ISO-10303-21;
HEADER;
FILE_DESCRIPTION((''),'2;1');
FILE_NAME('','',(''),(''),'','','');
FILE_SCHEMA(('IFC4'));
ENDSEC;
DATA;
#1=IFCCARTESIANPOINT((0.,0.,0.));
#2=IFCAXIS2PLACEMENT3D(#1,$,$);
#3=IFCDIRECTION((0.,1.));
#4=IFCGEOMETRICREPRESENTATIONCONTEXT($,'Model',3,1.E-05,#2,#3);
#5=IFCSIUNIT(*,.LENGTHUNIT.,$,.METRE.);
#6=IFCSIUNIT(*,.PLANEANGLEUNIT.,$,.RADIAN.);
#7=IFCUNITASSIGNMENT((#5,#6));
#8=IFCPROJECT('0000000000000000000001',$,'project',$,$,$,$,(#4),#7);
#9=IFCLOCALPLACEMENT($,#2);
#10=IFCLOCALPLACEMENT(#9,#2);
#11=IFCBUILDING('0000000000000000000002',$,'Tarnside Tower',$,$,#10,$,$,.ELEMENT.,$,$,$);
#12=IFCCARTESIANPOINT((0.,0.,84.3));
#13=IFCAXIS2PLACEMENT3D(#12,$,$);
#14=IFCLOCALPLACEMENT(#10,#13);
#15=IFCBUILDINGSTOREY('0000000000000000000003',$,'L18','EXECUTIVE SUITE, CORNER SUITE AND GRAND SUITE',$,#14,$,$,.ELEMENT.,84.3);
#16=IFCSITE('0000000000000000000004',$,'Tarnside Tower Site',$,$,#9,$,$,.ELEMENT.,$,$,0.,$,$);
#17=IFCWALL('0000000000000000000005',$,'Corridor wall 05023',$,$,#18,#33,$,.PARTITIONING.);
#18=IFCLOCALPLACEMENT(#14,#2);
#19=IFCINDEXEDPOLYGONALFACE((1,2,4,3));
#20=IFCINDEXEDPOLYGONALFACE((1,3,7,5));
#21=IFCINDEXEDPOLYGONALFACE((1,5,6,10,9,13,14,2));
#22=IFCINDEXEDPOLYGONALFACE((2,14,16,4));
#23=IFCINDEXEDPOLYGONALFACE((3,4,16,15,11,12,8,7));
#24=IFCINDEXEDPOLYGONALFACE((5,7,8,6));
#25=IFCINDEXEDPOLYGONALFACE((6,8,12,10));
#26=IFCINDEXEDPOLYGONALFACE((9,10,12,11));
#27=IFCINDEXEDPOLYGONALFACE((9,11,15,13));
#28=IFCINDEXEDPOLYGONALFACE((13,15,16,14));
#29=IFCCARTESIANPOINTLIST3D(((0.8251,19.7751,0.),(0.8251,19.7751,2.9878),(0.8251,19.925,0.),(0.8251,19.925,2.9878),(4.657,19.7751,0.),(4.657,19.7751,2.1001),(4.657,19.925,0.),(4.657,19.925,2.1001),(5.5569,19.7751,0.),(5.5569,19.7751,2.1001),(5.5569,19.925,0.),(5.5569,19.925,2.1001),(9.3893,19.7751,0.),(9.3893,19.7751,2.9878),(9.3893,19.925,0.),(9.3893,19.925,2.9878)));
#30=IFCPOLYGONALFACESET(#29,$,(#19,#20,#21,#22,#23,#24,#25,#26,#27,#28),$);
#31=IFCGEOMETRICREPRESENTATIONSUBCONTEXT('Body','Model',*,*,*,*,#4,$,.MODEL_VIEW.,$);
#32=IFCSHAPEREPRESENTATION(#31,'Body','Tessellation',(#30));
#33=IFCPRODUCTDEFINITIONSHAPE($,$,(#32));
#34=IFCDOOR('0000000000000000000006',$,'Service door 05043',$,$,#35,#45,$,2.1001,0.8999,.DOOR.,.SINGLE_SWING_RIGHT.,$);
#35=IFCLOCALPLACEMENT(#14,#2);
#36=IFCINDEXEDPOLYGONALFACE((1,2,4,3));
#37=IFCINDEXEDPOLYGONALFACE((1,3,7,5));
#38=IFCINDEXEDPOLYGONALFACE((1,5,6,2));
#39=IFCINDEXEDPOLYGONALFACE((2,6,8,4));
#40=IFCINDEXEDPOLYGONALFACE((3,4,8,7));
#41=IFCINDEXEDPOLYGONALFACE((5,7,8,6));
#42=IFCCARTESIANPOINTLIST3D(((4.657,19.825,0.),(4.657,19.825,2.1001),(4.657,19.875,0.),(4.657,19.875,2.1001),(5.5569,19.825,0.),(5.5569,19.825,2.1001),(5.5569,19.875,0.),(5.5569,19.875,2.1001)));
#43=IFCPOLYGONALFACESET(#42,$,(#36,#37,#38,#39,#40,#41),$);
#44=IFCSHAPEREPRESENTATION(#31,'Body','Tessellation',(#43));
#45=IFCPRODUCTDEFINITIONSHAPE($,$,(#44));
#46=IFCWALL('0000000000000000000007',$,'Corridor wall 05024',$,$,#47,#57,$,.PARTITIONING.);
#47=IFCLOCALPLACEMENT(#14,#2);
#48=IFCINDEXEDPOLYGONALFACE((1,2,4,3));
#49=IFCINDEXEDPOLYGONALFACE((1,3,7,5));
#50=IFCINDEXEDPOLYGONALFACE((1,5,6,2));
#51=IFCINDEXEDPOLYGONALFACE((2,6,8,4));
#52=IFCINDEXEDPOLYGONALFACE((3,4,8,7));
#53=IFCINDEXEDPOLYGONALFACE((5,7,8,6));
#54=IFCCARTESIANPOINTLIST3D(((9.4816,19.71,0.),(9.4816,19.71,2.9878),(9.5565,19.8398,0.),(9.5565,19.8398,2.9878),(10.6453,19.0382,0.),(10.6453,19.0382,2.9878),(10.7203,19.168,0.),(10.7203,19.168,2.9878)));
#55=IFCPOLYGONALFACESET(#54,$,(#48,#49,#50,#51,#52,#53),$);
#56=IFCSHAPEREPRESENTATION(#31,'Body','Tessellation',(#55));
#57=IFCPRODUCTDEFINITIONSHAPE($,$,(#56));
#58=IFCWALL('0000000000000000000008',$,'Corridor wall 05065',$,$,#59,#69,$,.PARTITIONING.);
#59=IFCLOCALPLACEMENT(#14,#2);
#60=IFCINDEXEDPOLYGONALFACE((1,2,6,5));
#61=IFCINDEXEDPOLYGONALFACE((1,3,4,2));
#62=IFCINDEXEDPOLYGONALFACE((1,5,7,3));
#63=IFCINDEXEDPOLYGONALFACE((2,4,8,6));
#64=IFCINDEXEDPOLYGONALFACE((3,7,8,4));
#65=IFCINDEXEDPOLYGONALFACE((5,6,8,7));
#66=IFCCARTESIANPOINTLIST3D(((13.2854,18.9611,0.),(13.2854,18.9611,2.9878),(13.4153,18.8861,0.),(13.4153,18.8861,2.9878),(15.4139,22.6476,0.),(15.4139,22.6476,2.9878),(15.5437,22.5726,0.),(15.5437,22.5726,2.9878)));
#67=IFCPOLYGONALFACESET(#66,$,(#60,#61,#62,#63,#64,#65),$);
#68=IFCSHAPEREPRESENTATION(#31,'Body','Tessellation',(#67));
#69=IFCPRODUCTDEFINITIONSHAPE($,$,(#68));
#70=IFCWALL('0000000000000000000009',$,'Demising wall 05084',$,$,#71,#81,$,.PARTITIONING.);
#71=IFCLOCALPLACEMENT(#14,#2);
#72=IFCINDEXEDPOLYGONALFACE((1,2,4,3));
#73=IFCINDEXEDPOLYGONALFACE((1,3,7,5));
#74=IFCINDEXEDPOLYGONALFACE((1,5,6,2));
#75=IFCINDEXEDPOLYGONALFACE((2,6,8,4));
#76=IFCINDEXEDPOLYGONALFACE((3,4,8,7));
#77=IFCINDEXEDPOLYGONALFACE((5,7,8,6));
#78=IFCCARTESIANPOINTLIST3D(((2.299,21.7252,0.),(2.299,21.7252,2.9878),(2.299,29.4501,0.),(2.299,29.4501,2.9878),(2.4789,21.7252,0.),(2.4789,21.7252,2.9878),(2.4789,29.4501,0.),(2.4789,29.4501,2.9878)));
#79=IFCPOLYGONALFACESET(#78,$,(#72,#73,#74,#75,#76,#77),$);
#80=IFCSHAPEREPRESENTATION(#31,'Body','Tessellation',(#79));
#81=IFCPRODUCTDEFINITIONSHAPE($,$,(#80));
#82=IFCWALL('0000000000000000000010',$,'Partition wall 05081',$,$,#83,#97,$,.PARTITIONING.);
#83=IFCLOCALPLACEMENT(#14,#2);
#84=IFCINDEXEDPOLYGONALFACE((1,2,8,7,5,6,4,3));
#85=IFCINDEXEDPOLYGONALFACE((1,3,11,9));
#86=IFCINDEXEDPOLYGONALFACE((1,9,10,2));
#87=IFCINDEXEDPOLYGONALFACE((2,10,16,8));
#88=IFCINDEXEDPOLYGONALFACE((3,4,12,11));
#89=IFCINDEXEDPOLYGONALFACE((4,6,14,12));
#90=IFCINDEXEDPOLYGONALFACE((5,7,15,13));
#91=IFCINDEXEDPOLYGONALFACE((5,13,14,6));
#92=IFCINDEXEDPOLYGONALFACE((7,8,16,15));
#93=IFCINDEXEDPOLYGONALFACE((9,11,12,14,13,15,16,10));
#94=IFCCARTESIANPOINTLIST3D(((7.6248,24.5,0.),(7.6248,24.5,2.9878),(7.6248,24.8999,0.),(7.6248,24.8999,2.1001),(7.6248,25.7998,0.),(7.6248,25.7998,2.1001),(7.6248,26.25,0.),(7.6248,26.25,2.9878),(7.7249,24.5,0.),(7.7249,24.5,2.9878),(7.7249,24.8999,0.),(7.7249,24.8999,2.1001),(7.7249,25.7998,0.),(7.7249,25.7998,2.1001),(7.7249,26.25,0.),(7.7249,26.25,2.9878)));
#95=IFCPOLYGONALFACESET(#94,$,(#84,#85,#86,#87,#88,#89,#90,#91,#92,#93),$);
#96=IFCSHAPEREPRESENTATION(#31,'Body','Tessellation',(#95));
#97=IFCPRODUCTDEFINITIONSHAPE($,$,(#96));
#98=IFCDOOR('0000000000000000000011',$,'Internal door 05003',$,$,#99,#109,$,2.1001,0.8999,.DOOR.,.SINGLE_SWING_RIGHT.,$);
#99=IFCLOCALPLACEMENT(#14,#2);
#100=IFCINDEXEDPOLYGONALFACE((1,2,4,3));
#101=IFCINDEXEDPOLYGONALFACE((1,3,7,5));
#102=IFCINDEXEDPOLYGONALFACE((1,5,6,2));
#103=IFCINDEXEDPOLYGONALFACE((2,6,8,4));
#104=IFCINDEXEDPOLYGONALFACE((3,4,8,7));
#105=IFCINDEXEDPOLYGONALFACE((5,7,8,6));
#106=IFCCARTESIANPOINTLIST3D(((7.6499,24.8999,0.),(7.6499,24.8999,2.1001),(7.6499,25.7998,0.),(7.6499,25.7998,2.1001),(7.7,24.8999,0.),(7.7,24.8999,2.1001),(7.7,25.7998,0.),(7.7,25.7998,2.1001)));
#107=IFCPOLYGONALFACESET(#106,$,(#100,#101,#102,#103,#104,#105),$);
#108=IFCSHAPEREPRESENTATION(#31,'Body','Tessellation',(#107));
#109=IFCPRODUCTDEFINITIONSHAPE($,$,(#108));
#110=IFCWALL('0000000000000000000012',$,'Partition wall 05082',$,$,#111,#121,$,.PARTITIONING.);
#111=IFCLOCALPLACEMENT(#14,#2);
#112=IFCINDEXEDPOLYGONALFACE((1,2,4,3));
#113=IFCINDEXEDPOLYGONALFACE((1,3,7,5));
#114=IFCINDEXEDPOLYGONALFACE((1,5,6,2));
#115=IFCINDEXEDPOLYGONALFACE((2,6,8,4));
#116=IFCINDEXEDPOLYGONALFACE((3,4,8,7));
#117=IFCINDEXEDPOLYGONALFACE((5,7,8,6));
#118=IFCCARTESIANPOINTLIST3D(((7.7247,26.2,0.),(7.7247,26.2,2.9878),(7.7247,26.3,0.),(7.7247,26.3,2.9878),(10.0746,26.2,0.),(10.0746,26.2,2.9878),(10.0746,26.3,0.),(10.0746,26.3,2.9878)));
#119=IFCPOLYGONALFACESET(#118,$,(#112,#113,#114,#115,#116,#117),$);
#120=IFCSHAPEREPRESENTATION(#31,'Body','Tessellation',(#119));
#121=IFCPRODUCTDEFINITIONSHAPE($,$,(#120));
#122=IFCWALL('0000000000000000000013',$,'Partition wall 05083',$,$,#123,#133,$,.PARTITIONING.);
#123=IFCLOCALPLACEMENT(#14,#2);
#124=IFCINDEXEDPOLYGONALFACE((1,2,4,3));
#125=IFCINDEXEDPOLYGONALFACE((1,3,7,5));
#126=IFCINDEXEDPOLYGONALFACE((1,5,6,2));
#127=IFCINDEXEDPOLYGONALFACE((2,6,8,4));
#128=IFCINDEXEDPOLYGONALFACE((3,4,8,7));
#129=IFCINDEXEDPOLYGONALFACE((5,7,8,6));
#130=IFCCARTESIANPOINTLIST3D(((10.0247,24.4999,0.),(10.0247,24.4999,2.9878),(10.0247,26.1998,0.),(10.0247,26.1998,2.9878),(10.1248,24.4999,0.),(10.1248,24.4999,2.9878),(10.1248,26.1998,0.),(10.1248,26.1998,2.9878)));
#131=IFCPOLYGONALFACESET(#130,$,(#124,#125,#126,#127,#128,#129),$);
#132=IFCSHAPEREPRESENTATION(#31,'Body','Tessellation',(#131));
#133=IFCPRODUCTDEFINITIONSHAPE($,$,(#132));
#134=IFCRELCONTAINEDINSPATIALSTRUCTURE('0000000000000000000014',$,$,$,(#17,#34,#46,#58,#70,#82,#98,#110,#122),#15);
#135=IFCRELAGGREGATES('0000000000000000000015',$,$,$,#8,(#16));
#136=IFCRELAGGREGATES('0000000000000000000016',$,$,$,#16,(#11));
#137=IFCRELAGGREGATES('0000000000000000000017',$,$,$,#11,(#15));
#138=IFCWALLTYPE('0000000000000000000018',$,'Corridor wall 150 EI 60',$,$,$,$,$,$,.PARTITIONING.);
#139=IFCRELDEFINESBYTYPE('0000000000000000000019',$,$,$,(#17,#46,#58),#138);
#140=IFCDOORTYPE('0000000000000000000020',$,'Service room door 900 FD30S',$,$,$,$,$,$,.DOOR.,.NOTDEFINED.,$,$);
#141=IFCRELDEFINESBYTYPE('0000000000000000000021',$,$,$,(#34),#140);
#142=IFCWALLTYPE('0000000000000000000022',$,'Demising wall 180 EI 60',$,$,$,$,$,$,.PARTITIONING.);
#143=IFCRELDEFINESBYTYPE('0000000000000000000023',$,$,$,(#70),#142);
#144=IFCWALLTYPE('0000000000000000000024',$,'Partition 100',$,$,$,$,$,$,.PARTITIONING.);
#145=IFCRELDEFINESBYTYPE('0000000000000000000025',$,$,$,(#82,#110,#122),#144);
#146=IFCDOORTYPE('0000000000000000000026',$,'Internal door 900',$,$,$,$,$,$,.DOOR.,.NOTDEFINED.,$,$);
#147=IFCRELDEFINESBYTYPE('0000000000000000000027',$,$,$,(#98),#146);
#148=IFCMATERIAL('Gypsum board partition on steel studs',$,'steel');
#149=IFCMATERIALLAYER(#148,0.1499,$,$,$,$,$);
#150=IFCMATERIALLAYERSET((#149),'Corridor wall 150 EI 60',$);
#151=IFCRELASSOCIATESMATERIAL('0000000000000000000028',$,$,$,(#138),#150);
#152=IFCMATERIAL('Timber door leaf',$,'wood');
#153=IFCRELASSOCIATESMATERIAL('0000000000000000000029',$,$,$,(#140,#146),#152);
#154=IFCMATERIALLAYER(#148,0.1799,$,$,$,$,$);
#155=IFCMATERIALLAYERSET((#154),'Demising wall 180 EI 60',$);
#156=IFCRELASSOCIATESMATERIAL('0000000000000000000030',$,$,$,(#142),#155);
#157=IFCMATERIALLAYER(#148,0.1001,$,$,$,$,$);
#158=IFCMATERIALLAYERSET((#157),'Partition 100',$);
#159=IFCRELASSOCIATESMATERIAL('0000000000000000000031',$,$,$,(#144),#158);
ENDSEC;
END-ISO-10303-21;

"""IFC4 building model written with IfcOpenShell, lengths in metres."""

from ifc_helpers import new_model, si_unit, direction, frame, frame_2d, origin, place, context, subcontext, project, spatial, rectangle, extrude, material, layer, layer_set, type_object, element, fill, save


model = new_model("IFC4")

# Units and contexts
model_context = context("Model", 3, precision=1e-05, world=origin(), true_north=direction((0.0, 1.0)))
body_context = subcontext(model_context, "Body", "Model", "MODEL_VIEW")
ifc_project = project(units=[si_unit("LENGTHUNIT", "METRE"), si_unit("PLANEANGLEUNIT", "RADIAN")], contexts=[model_context])

# Site, building, storey
site_placement = place(None, origin())
site = spatial("IfcSite", under=ifc_project, at=site_placement, Name="Tarnside Tower Site", CompositionType="ELEMENT", RefElevation=0.0)
building_placement = place(site_placement, origin())
building = spatial("IfcBuilding", under=site, at=building_placement, Name="Tarnside Tower", CompositionType="ELEMENT")
storey_placement = place(building_placement, frame((0.0, 0.0, 84.3)))
storey = spatial("IfcBuildingStorey", under=building, at=storey_placement, Name="L18", Description="EXECUTIVE SUITE, CORNER SUITE AND GRAND SUITE", CompositionType="ELEMENT", Elevation=84.3)

# Shared definitions
ifc_material_1 = material(Name="Gypsum board partition on steel studs", Category="steel")
ifc_material_2 = material(Name="Timber door leaf", Category="wood")

# Shared definitions
ifc_layer_1 = layer(ifc_material_1, 0.1499)
ifc_layer_set_1 = layer_set([ifc_layer_1], Name="Corridor wall 150 EI 60")
wall_type_1 = type_object("IfcWallType", Name="Corridor wall 150 EI 60", PredefinedType="PARTITIONING", material=ifc_layer_set_1)

# Wall, opening, door
wall_1_placement = place(storey_placement, frame((0.825, 19.8501, 0.0), z_axis=(0.0, 0.0, 1.0), x_axis=(1.0, 0.0, 0.0)))
wall_1 = element("IfcWall", 1, at=wall_1_placement, inside=storey, type_object=wall_type_1, Name="Corridor wall 05023", PredefinedType="PARTITIONING", context=body_context, shape_type="SweptSolid", body=[
    extrude(rectangle(XDim=8.5642, YDim=0.1499, at=frame_2d((4.2822, 0.0))), origin(), (0.0, 0.0, 1.0), 2.9878),
])
opening_1_placement = place(wall_1_placement, frame((3.832, 0.0, 0.0)))
opening_1 = element("IfcOpeningElement", 2, at=opening_1_placement, cuts=wall_1, PredefinedType="OPENING", context=body_context, shape_type="SweptSolid", body=[
    extrude(rectangle(XDim=0.8999, YDim=2.1001, at=frame_2d((0.45, 1.05))), frame((0.0, 0.085, 0.0), z_axis=(0.0, -1.0, 0.0), x_axis=(1.0, 0.0, 0.0)), (0.0, 0.0, 1.0), 0.1699),
])
door_type_1 = type_object("IfcDoorType", Name="Service room door 900 FD30S", OperationType="NOTDEFINED", PredefinedType="DOOR", material=ifc_material_2)
door_1_placement = place(opening_1_placement, origin())
door_1 = element("IfcDoor", 3, at=door_1_placement, inside=storey, type_object=door_type_1, Name="Service door 05043", OperationType="SINGLE_SWING_RIGHT", OverallHeight=2.1001, OverallWidth=0.8999, PredefinedType="DOOR", context=body_context, shape_type="SweptSolid", body=[
    extrude(rectangle(XDim=0.8999, YDim=2.1001, at=frame_2d((0.45, 1.05))), frame((0.0, 0.0249, 0.0), z_axis=(0.0, -1.0, 0.0), x_axis=(1.0, 0.0, 0.0)), (0.0, 0.0, 1.0), 0.05),
])
fill(opening_1, door_1)

# Walls
wall_2_placement = place(storey_placement, frame((9.519, 19.7749, 0.0), z_axis=(0.0, 0.0, 1.0), x_axis=(0.866043, -0.499969, 0.0)))
element("IfcWall", 4, at=wall_2_placement, inside=storey, type_object=wall_type_1, Name="Corridor wall 05024", PredefinedType="PARTITIONING", context=body_context, shape_type="SweptSolid", body=[
    extrude(rectangle(XDim=1.3438, YDim=0.1499, at=frame_2d((0.6719, 0.0))), origin(), (0.0, 0.0, 1.0), 2.9878),
])
wall_3_placement = place(storey_placement, frame((13.3503, 18.9236, 0.0), z_axis=(0.0, 0.0, 1.0), x_axis=(0.5, 0.866025, 0.0)))
element("IfcWall", 5, at=wall_3_placement, inside=storey, type_object=wall_type_1, Name="Corridor wall 05065", PredefinedType="PARTITIONING", context=body_context, shape_type="SweptSolid", body=[
    extrude(rectangle(XDim=4.2568, YDim=0.1499, at=frame_2d((2.1284, 0.0))), origin(), (0.0, 0.0, 1.0), 2.9878),
])
ifc_layer_2 = layer(ifc_material_1, 0.1799)
ifc_layer_set_2 = layer_set([ifc_layer_2], Name="Demising wall 180 EI 60")
wall_type_2 = type_object("IfcWallType", Name="Demising wall 180 EI 60", PredefinedType="PARTITIONING", material=ifc_layer_set_2)
wall_4_placement = place(storey_placement, frame((2.3889, 29.45, 0.0), z_axis=(0.0, 0.0, 1.0), x_axis=(0.0, -1.0, 0.0)))
element("IfcWall", 6, at=wall_4_placement, inside=storey, type_object=wall_type_2, Name="Demising wall 05084", PredefinedType="PARTITIONING", context=body_context, shape_type="SweptSolid", body=[
    extrude(rectangle(XDim=7.7249, YDim=0.1799, at=frame_2d((3.8623, 0.0))), origin(), (0.0, 0.0, 1.0), 2.9878),
])

# Wall, opening, door
ifc_layer_3 = layer(ifc_material_1, 0.1001)
ifc_layer_set_3 = layer_set([ifc_layer_3], Name="Partition 100")
wall_type_3 = type_object("IfcWallType", Name="Partition 100", PredefinedType="PARTITIONING", material=ifc_layer_set_3)
wall_5_placement = place(storey_placement, frame((7.6748, 24.5, 0.0), z_axis=(0.0, 0.0, 1.0), x_axis=(0.0, 1.0, 0.0)))
wall_5 = element("IfcWall", 7, at=wall_5_placement, inside=storey, type_object=wall_type_3, Name="Partition wall 05081", PredefinedType="PARTITIONING", context=body_context, shape_type="SweptSolid", body=[
    extrude(rectangle(XDim=1.75, YDim=0.1001, at=frame_2d((0.875, 0.0))), origin(), (0.0, 0.0, 1.0), 2.9878),
])
opening_2_placement = place(wall_5_placement, frame((0.3999, 0.0, 0.0)))
opening_2 = element("IfcOpeningElement", 8, at=opening_2_placement, cuts=wall_5, PredefinedType="OPENING", context=body_context, shape_type="SweptSolid", body=[
    extrude(rectangle(XDim=0.8999, YDim=2.1001, at=frame_2d((0.45, 1.05))), frame((0.0, 0.0601, 0.0), z_axis=(0.0, -1.0, 0.0), x_axis=(1.0, 0.0, 0.0)), (0.0, 0.0, 1.0), 0.1201),
])
door_type_2 = type_object("IfcDoorType", Name="Internal door 900", OperationType="NOTDEFINED", PredefinedType="DOOR", material=ifc_material_2)
door_2_placement = place(opening_2_placement, origin())
door_2 = element("IfcDoor", 9, at=door_2_placement, inside=storey, type_object=door_type_2, Name="Internal door 05003", OperationType="SINGLE_SWING_RIGHT", OverallHeight=2.1001, OverallWidth=0.8999, PredefinedType="DOOR", context=body_context, shape_type="SweptSolid", body=[
    extrude(rectangle(XDim=0.8999, YDim=2.1001, at=frame_2d((0.45, 1.05))), frame((0.0, 0.0249, 0.0), z_axis=(0.0, -1.0, 0.0), x_axis=(1.0, 0.0, 0.0)), (0.0, 0.0, 1.0), 0.05),
])
fill(opening_2, door_2)

# Walls
wall_6_placement = place(storey_placement, frame((7.7249, 26.25, 0.0), z_axis=(0.0, 0.0, 1.0), x_axis=(1.0, 0.0, 0.0)))
element("IfcWall", 10, at=wall_6_placement, inside=storey, type_object=wall_type_3, Name="Partition wall 05082", PredefinedType="PARTITIONING", context=body_context, shape_type="SweptSolid", body=[
    extrude(rectangle(XDim=2.3499, YDim=0.1001, at=frame_2d((1.1748, 0.0))), origin(), (0.0, 0.0, 1.0), 2.9878),
])
wall_7_placement = place(storey_placement, frame((10.0747, 26.2, 0.0), z_axis=(0.0, 0.0, 1.0), x_axis=(0.0, -1.0, 0.0)))
element("IfcWall", 11, at=wall_7_placement, inside=storey, type_object=wall_type_3, Name="Partition wall 05083", PredefinedType="PARTITIONING", context=body_context, shape_type="SweptSolid", body=[
    extrude(rectangle(XDim=1.7, YDim=0.1001, at=frame_2d((0.8501, 0.0))), origin(), (0.0, 0.0, 1.0), 2.9878),
])

save(model, "model.ifc")
